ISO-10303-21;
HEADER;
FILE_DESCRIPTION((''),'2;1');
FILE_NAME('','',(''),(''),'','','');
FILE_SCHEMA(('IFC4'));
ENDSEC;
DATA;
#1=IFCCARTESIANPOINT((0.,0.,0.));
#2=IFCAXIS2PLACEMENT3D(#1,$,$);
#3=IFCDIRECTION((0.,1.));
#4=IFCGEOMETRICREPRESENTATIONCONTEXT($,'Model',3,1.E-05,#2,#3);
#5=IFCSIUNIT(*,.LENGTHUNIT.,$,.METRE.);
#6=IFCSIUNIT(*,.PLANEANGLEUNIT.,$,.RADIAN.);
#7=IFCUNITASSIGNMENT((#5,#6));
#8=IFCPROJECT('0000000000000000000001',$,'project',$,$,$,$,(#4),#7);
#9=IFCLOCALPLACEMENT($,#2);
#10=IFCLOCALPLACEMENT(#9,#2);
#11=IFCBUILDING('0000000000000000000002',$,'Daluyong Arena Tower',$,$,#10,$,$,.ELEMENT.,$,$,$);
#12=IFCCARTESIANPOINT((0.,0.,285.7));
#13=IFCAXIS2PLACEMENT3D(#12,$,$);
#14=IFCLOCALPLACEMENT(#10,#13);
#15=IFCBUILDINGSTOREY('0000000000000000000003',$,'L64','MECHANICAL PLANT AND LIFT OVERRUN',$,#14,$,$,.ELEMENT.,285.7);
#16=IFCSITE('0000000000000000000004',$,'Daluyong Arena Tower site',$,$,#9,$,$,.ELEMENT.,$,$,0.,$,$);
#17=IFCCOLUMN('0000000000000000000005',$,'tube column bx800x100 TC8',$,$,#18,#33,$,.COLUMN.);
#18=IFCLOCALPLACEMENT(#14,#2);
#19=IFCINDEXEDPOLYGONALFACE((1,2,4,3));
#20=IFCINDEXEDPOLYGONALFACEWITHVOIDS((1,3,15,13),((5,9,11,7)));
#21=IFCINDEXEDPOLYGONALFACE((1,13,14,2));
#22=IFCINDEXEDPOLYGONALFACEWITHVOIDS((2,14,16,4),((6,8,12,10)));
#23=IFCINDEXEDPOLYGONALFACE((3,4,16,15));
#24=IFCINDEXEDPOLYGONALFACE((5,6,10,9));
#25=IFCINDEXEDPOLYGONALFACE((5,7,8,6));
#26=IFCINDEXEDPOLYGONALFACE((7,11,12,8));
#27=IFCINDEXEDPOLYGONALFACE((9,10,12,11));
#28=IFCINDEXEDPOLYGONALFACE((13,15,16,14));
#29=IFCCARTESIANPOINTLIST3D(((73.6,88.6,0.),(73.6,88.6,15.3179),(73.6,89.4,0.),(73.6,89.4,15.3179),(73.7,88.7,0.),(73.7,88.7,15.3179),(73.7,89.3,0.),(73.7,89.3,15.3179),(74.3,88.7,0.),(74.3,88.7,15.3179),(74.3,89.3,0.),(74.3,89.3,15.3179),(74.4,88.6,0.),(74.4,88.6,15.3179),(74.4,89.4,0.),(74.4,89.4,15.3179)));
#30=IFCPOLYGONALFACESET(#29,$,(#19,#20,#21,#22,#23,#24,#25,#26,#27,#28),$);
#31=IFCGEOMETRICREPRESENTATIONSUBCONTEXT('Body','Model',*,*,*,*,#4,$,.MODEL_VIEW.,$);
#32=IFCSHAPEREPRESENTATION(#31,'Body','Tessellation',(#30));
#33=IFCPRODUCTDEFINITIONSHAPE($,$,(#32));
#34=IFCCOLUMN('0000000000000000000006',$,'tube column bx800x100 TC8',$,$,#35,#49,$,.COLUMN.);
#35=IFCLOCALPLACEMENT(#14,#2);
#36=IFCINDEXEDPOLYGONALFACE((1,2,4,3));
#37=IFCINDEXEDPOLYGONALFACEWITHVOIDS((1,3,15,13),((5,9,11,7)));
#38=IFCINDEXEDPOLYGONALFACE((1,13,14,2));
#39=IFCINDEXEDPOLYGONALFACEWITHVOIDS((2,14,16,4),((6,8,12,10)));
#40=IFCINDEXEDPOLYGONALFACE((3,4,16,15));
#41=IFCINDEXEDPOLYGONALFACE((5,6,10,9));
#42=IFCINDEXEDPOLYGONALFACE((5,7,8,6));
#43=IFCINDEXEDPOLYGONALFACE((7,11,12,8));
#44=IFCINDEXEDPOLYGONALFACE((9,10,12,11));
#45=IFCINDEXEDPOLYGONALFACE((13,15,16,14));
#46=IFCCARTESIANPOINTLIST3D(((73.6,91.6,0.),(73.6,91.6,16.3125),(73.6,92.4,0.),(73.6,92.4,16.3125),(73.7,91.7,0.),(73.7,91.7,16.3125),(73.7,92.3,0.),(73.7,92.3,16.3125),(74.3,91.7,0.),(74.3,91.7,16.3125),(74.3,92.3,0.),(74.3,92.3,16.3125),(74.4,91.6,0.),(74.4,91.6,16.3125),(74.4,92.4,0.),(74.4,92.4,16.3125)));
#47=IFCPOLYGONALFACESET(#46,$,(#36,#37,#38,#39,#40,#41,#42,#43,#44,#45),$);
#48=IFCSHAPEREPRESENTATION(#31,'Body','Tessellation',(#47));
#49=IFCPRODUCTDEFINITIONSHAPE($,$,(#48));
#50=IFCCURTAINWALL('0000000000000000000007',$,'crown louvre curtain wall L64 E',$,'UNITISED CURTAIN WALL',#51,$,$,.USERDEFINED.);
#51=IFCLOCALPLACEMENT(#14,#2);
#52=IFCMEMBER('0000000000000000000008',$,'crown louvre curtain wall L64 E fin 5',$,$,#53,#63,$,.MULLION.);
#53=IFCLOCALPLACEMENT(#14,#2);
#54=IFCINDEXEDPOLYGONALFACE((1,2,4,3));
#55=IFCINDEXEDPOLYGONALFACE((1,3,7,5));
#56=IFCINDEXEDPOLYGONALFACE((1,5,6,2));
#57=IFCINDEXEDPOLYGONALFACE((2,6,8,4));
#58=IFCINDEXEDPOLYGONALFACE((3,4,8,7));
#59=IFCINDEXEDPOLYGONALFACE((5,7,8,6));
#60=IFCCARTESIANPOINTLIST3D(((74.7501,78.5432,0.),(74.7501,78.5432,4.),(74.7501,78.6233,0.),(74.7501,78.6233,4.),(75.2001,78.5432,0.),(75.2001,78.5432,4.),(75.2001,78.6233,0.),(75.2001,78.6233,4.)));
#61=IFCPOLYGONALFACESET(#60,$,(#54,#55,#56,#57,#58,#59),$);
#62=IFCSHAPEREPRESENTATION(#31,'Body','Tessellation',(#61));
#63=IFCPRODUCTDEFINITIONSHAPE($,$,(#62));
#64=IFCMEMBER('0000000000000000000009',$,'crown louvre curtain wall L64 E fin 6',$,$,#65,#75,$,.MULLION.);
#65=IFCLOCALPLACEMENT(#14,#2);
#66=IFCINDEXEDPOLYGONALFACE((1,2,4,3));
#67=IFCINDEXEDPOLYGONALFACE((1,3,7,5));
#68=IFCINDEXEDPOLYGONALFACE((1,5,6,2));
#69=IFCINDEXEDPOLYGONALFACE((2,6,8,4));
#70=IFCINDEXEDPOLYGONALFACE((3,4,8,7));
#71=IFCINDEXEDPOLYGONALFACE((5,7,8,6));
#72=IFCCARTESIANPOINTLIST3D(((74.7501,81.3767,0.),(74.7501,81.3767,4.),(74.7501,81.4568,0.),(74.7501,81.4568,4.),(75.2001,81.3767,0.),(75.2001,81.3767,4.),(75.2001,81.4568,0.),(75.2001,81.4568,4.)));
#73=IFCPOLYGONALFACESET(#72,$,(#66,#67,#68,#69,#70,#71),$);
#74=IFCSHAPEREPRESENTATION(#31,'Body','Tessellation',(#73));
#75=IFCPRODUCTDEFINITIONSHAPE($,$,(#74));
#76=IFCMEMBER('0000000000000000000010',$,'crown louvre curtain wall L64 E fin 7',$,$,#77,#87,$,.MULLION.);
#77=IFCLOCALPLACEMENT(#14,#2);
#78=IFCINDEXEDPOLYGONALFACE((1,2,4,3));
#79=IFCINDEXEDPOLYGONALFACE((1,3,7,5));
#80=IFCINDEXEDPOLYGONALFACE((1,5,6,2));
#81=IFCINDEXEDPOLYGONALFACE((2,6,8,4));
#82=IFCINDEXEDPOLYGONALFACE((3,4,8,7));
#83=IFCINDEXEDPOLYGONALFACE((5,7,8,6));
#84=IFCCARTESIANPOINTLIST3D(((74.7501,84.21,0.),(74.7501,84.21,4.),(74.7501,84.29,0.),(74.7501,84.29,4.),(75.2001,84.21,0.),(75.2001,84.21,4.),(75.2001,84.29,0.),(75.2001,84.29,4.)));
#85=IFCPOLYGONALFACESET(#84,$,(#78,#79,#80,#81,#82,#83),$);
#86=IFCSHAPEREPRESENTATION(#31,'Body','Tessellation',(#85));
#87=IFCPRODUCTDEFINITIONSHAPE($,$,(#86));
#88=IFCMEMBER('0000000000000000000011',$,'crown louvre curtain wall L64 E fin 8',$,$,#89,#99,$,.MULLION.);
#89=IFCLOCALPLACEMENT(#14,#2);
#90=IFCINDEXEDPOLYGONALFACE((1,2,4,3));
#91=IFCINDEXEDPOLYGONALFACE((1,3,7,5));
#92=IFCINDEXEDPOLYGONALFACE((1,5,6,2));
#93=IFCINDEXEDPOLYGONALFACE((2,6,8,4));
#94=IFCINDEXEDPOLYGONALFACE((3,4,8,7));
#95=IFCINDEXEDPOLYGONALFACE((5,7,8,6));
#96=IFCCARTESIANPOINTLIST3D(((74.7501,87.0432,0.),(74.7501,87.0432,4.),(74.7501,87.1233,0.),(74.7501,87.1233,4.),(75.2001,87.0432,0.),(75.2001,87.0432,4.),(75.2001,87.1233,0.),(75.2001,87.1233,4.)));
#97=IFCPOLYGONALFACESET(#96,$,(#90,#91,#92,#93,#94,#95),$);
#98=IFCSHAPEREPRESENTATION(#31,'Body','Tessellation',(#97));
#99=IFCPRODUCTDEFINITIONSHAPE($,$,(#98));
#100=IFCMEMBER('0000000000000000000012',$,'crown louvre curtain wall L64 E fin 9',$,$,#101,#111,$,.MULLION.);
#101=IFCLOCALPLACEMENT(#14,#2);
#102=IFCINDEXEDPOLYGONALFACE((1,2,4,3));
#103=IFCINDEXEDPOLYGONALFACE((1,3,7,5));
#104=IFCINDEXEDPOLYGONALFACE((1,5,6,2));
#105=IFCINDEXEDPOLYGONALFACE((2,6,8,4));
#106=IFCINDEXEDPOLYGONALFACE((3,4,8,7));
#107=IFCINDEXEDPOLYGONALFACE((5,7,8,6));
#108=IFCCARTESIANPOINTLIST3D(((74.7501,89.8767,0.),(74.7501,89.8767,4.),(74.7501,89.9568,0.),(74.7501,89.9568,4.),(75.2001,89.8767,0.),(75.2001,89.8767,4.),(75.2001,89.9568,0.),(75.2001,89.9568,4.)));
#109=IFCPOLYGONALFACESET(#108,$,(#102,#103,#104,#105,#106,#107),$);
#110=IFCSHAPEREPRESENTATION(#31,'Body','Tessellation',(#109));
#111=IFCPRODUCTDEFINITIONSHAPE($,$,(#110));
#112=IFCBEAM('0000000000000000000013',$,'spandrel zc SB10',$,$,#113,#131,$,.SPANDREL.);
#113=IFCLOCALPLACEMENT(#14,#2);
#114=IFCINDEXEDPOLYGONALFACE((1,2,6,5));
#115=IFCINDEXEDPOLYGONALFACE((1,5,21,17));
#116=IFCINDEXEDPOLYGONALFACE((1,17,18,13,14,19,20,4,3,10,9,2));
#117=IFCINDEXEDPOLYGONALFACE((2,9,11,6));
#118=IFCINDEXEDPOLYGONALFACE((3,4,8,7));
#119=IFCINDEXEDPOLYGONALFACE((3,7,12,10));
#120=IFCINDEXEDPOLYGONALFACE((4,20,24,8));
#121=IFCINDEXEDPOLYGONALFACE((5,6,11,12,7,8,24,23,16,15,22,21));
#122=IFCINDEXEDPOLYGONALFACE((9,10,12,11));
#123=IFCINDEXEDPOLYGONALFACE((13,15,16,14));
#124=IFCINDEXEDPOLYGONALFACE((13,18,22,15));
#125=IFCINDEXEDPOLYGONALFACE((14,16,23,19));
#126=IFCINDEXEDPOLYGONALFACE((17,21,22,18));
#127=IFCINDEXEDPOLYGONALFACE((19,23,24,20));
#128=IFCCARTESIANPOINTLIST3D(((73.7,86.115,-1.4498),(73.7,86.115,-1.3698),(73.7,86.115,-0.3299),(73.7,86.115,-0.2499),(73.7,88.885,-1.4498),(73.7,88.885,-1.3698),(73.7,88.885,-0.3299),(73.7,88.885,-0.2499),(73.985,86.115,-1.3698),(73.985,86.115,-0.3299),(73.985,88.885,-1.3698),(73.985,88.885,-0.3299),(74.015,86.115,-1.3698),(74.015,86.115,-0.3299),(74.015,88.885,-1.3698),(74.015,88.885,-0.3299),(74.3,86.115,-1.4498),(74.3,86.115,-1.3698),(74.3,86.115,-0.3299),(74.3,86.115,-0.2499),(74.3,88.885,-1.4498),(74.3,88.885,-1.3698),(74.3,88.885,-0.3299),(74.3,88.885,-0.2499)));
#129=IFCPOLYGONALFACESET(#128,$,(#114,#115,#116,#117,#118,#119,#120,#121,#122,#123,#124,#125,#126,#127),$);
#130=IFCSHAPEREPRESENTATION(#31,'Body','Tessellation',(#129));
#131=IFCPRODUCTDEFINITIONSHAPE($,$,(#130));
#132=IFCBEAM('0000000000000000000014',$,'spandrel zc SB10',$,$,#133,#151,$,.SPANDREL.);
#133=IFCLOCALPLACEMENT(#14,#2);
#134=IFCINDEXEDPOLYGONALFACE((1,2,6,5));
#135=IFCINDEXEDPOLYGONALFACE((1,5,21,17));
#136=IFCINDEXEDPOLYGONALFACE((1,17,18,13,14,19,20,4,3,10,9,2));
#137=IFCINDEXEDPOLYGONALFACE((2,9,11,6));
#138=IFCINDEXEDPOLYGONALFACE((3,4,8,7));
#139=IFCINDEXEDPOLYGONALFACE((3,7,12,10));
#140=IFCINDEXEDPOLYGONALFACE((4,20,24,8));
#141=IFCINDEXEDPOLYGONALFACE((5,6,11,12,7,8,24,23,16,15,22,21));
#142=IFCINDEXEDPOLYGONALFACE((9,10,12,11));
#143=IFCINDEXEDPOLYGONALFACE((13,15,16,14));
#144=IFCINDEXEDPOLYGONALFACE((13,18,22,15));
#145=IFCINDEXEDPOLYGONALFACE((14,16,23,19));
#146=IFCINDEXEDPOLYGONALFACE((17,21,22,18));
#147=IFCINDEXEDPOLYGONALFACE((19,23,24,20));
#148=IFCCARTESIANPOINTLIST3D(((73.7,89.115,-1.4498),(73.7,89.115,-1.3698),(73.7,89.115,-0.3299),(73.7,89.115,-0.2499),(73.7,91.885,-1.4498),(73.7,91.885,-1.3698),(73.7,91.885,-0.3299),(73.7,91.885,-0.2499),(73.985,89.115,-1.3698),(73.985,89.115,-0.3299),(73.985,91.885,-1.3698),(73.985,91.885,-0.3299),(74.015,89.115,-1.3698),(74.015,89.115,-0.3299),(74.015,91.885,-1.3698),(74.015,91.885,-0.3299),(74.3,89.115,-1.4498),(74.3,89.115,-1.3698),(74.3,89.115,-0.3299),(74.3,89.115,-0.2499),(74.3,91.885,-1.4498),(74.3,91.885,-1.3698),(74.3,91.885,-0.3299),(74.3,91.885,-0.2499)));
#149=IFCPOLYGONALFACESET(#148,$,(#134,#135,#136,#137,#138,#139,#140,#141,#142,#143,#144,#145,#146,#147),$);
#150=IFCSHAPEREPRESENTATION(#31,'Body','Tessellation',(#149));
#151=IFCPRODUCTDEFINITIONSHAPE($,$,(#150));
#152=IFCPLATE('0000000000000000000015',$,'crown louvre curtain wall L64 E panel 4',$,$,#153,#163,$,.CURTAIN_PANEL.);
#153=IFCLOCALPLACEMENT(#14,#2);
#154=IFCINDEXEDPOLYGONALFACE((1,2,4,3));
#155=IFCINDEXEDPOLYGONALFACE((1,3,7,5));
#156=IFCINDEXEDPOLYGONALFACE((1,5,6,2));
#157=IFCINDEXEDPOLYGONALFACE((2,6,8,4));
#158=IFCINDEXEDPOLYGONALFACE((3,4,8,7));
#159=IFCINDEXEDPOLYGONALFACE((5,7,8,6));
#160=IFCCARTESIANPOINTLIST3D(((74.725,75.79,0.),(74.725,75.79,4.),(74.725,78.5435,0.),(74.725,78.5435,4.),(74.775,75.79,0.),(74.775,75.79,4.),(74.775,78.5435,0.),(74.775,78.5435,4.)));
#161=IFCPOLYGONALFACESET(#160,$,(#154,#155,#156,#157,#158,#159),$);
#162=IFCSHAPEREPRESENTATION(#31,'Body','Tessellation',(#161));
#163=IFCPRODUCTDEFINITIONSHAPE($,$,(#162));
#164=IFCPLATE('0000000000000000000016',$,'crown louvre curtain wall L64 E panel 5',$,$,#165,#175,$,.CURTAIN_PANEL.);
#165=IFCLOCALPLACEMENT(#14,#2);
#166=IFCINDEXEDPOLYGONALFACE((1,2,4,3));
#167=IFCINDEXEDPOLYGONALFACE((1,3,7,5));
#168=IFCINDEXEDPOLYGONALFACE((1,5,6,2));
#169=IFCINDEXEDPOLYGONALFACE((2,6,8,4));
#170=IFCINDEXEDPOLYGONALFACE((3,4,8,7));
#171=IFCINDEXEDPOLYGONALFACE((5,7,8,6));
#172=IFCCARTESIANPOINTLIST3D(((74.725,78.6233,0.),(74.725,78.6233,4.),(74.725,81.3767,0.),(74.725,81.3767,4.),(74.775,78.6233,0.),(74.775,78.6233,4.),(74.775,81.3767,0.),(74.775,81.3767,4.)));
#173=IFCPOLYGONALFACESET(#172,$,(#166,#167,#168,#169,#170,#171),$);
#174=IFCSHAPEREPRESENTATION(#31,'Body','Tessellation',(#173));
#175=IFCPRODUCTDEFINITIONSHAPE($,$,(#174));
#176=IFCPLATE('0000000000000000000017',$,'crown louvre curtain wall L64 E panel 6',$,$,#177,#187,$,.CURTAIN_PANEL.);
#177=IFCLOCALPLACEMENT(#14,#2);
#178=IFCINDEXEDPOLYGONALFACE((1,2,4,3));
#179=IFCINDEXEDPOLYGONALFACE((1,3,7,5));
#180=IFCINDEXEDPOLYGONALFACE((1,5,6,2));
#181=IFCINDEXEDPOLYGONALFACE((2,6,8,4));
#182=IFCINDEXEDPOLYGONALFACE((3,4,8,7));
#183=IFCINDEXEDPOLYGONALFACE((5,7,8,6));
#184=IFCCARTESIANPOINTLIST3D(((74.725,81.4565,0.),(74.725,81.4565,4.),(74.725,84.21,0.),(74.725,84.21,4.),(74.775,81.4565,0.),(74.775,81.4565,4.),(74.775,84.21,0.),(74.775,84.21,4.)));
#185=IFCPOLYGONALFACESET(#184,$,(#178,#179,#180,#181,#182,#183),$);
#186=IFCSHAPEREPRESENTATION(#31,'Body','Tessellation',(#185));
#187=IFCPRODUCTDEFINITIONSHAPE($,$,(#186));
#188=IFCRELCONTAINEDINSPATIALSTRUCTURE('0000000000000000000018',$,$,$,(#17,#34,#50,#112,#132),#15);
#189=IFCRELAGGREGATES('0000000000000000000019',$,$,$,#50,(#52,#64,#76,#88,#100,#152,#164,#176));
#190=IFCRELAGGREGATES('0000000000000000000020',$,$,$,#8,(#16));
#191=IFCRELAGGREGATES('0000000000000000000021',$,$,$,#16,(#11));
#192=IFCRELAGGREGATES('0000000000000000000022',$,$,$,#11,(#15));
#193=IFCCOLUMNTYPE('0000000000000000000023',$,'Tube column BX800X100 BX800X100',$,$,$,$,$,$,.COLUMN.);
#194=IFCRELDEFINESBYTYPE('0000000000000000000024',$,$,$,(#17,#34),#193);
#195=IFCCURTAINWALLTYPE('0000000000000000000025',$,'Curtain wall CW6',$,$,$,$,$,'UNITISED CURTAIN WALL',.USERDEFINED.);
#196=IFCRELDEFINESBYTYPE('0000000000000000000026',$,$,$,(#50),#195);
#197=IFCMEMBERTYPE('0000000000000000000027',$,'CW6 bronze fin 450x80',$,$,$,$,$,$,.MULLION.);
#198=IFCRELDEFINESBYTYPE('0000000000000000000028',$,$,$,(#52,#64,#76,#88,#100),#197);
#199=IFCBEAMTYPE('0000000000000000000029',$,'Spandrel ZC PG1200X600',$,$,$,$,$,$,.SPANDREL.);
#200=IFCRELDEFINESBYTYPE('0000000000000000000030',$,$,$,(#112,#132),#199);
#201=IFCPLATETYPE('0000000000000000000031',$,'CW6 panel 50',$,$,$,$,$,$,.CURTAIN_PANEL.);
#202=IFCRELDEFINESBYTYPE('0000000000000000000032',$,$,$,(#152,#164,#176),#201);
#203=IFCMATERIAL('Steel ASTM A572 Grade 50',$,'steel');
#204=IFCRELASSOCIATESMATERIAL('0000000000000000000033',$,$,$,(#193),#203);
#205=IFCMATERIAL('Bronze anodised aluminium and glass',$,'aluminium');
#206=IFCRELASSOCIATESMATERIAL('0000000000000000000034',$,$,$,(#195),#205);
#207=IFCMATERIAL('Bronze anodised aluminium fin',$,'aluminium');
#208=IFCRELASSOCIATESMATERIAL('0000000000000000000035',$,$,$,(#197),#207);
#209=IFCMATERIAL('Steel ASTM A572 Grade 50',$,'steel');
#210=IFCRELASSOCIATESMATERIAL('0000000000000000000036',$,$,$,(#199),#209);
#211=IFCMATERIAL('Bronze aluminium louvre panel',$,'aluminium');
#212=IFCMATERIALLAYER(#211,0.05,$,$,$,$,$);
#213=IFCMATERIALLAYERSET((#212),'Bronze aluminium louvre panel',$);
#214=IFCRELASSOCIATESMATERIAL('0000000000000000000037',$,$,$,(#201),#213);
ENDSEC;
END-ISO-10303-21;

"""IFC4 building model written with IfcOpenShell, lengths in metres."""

from ifc_helpers import new_model, si_unit, direction, frame, origin, origin_2d, place, context, subcontext, project, spatial, rectangle, hollow_rectangle, i_section, extrude, material, layer, layer_set, material_profile, profile_set, type_object, element, aggregate, save


model = new_model("IFC4")

# Units and contexts
model_context = context("Model", 3, precision=1e-05, world=origin(), true_north=direction((0.0, 1.0)))
body_context = subcontext(model_context, "Body", "Model", "MODEL_VIEW")
ifc_project = project(units=[si_unit("LENGTHUNIT", "METRE"), si_unit("PLANEANGLEUNIT", "RADIAN")], contexts=[model_context])

# Site, building, storey
site_placement = place(None, origin())
site = spatial("IfcSite", under=ifc_project, at=site_placement, Name="Daluyong Arena Tower site", CompositionType="ELEMENT", RefElevation=0.0)
building_placement = place(site_placement, origin())
building = spatial("IfcBuilding", under=site, at=building_placement, Name="Daluyong Arena Tower", CompositionType="ELEMENT")
storey_placement = place(building_placement, frame((0.0, 0.0, 285.7)))
storey = spatial("IfcBuildingStorey", under=building, at=storey_placement, Name="L64", Description="MECHANICAL PLANT AND LIFT OVERRUN", CompositionType="ELEMENT", Elevation=285.7)

# Columns
ifc_material_1 = material(Name="Steel ASTM A572 Grade 50", Category="steel")
ifc_material_profile_1 = material_profile(ifc_material_1, hollow_rectangle(XDim=0.8, YDim=0.8, WallThickness=0.1, at=origin_2d()))
ifc_profile_set_1 = profile_set([ifc_material_profile_1], Name="Steel ASTM A572 Grade 50")
column_type = type_object("IfcColumnType", Name="Tube column BX800X100 BX800X100", PredefinedType="COLUMN", material=ifc_profile_set_1)
column_1_placement = place(storey_placement, frame((74.0, 89.0, 0.0), z_axis=(0.0, 0.0, 1.0), x_axis=(0.0, 1.0, 0.0)))
element("IfcColumn", 1, at=column_1_placement, inside=storey, type_object=column_type, Name="tube column bx800x100 TC8", PredefinedType="COLUMN", context=body_context, shape_type="SweptSolid", body=[
    extrude(hollow_rectangle(XDim=0.8, YDim=0.8, WallThickness=0.1, at=origin_2d()), origin(), (0.0, 0.0, 1.0), 15.3179),
])
column_2_placement = place(storey_placement, frame((74.0, 92.0, 0.0), z_axis=(0.0, 0.0, 1.0), x_axis=(1.0, 0.0, 0.0)))
element("IfcColumn", 2, at=column_2_placement, inside=storey, type_object=column_type, Name="tube column bx800x100 TC8", PredefinedType="COLUMN", context=body_context, shape_type="SweptSolid", body=[
    extrude(hollow_rectangle(XDim=0.8, YDim=0.8, WallThickness=0.1, at=origin_2d()), origin(), (0.0, 0.0, 1.0), 16.3125),
])

# Curtain wall, members
ifc_material_2 = material(Name="Bronze anodised aluminium and glass", Category="aluminium")
curtain_wall_type = type_object("IfcCurtainWallType", Name="Curtain wall CW6", ElementType="UNITISED CURTAIN WALL", PredefinedType="USERDEFINED", material=ifc_material_2)
curtain_wall_placement = place(storey_placement, origin())
curtain_wall = element("IfcCurtainWall", 3, at=curtain_wall_placement, inside=storey, type_object=curtain_wall_type, Name="crown louvre curtain wall L64 E", ObjectType="UNITISED CURTAIN WALL", PredefinedType="USERDEFINED")
ifc_material_3 = material(Name="Bronze anodised aluminium fin", Category="aluminium")
ifc_material_profile_2 = material_profile(ifc_material_3, rectangle(XDim=0.45, YDim=0.0801, at=origin_2d()))
ifc_profile_set_2 = profile_set([ifc_material_profile_2], Name="Bronze anodised aluminium fin")
member_type = type_object("IfcMemberType", Name="CW6 bronze fin 450x80", PredefinedType="MULLION", material=ifc_profile_set_2)
member_1_placement = place(storey_placement, frame((74.9751, 78.5833, 0.0), z_axis=(0.0, 0.0, 1.0), x_axis=(-1.0, 0.0, 0.0)))
member_1 = element("IfcMember", 4, at=member_1_placement, type_object=member_type, Name="crown louvre curtain wall L64 E fin 5", PredefinedType="MULLION", context=body_context, shape_type="SweptSolid", body=[
    extrude(rectangle(XDim=0.45, YDim=0.0801, at=origin_2d()), origin(), (0.0, 0.0, 1.0), 4.0),
])
member_2_placement = place(storey_placement, frame((74.9751, 81.4167, 0.0), z_axis=(0.0, 0.0, 1.0), x_axis=(-1.0, 0.0, 0.0)))
member_2 = element("IfcMember", 5, at=member_2_placement, type_object=member_type, Name="crown louvre curtain wall L64 E fin 6", PredefinedType="MULLION", context=body_context, shape_type="SweptSolid", body=[
    extrude(rectangle(XDim=0.45, YDim=0.0801, at=origin_2d()), origin(), (0.0, 0.0, 1.0), 4.0),
])
member_3_placement = place(storey_placement, frame((74.9751, 84.25, 0.0), z_axis=(0.0, 0.0, 1.0), x_axis=(-1.0, 0.0, 0.0)))
member_3 = element("IfcMember", 6, at=member_3_placement, type_object=member_type, Name="crown louvre curtain wall L64 E fin 7", PredefinedType="MULLION", context=body_context, shape_type="SweptSolid", body=[
    extrude(rectangle(XDim=0.45, YDim=0.0801, at=origin_2d()), origin(), (0.0, 0.0, 1.0), 4.0),
])
member_4_placement = place(storey_placement, frame((74.9751, 87.0833, 0.0), z_axis=(0.0, 0.0, 1.0), x_axis=(-1.0, 0.0, 0.0)))
member_4 = element("IfcMember", 7, at=member_4_placement, type_object=member_type, Name="crown louvre curtain wall L64 E fin 8", PredefinedType="MULLION", context=body_context, shape_type="SweptSolid", body=[
    extrude(rectangle(XDim=0.45, YDim=0.0801, at=origin_2d()), origin(), (0.0, 0.0, 1.0), 4.0),
])
member_5_placement = place(storey_placement, frame((74.9751, 89.9167, 0.0), z_axis=(0.0, 0.0, 1.0), x_axis=(-1.0, 0.0, 0.0)))
member_5 = element("IfcMember", 8, at=member_5_placement, type_object=member_type, Name="crown louvre curtain wall L64 E fin 9", PredefinedType="MULLION", context=body_context, shape_type="SweptSolid", body=[
    extrude(rectangle(XDim=0.45, YDim=0.0801, at=origin_2d()), origin(), (0.0, 0.0, 1.0), 4.0),
])

# Beams
ifc_material_4 = material(Name="Steel ASTM A572 Grade 50", Category="steel")
ifc_material_profile_3 = material_profile(ifc_material_4, i_section(OverallWidth=0.6001, OverallDepth=1.2, WebThickness=0.03, FlangeThickness=0.08, at=origin_2d()))
ifc_profile_set_3 = profile_set([ifc_material_profile_3], Name="Steel ASTM A572 Grade 50")
beam_type = type_object("IfcBeamType", Name="Spandrel ZC PG1200X600", PredefinedType="SPANDREL", material=ifc_profile_set_3)
for number, where, z_axis, x_axis, name in (
    (9, (74.0, 86.115, -0.8499), (0.0, 1.0, 0.0), (-1.0, 0.0, 0.0), "spandrel zc SB10"),
    (10, (74.0, 89.115, -0.8499), (0.0, 1.0, 0.0), (-1.0, 0.0, 0.0), "spandrel zc SB10"),
):
    element("IfcBeam", number, at=place(storey_placement, frame(where, z_axis=z_axis, x_axis=x_axis)), inside=storey, type_object=beam_type, Name=name, PredefinedType="SPANDREL", context=body_context, shape_type="SweptSolid", body=[
        extrude(i_section(OverallWidth=0.6001, OverallDepth=1.2, WebThickness=0.03, FlangeThickness=0.08, at=origin_2d()), origin(), (0.0, 0.0, 1.0), 2.77),
    ])

# Plates
ifc_material_5 = material(Name="Bronze aluminium louvre panel", Category="aluminium")
ifc_layer = layer(ifc_material_5, 0.05)
ifc_layer_set = layer_set([ifc_layer], Name="Bronze aluminium louvre panel")
plate_type = type_object("IfcPlateType", Name="CW6 panel 50", PredefinedType="CURTAIN_PANEL", material=ifc_layer_set)
plate_1_placement = place(storey_placement, frame((74.75, 77.1667, 0.0), z_axis=(0.0, 0.0, 1.0), x_axis=(0.0, 1.0, 0.0)))
plate_1 = element("IfcPlate", 11, at=plate_1_placement, type_object=plate_type, Name="crown louvre curtain wall L64 E panel 4", PredefinedType="CURTAIN_PANEL", context=body_context, shape_type="SweptSolid", body=[
    extrude(rectangle(XDim=2.7534, YDim=0.05, at=origin_2d()), origin(), (0.0, 0.0, 1.0), 4.0),
])
plate_2_placement = place(storey_placement, frame((74.75, 80.0, 0.0), z_axis=(0.0, 0.0, 1.0), x_axis=(0.0, 1.0, 0.0)))
plate_2 = element("IfcPlate", 12, at=plate_2_placement, type_object=plate_type, Name="crown louvre curtain wall L64 E panel 5", PredefinedType="CURTAIN_PANEL", context=body_context, shape_type="SweptSolid", body=[
    extrude(rectangle(XDim=2.7534, YDim=0.05, at=origin_2d()), origin(), (0.0, 0.0, 1.0), 4.0),
])
plate_3_placement = place(storey_placement, frame((74.75, 82.8333, 0.0), z_axis=(0.0, 0.0, 1.0), x_axis=(0.0, 1.0, 0.0)))
plate_3 = element("IfcPlate", 13, at=plate_3_placement, type_object=plate_type, Name="crown louvre curtain wall L64 E panel 6", PredefinedType="CURTAIN_PANEL", context=body_context, shape_type="SweptSolid", body=[
    extrude(rectangle(XDim=2.7534, YDim=0.05, at=origin_2d()), origin(), (0.0, 0.0, 1.0), 4.0),
])
aggregate(curtain_wall, [member_1, member_2, member_3, member_4, member_5, plate_1, plate_2, plate_3])

save(model, "model.ifc")
